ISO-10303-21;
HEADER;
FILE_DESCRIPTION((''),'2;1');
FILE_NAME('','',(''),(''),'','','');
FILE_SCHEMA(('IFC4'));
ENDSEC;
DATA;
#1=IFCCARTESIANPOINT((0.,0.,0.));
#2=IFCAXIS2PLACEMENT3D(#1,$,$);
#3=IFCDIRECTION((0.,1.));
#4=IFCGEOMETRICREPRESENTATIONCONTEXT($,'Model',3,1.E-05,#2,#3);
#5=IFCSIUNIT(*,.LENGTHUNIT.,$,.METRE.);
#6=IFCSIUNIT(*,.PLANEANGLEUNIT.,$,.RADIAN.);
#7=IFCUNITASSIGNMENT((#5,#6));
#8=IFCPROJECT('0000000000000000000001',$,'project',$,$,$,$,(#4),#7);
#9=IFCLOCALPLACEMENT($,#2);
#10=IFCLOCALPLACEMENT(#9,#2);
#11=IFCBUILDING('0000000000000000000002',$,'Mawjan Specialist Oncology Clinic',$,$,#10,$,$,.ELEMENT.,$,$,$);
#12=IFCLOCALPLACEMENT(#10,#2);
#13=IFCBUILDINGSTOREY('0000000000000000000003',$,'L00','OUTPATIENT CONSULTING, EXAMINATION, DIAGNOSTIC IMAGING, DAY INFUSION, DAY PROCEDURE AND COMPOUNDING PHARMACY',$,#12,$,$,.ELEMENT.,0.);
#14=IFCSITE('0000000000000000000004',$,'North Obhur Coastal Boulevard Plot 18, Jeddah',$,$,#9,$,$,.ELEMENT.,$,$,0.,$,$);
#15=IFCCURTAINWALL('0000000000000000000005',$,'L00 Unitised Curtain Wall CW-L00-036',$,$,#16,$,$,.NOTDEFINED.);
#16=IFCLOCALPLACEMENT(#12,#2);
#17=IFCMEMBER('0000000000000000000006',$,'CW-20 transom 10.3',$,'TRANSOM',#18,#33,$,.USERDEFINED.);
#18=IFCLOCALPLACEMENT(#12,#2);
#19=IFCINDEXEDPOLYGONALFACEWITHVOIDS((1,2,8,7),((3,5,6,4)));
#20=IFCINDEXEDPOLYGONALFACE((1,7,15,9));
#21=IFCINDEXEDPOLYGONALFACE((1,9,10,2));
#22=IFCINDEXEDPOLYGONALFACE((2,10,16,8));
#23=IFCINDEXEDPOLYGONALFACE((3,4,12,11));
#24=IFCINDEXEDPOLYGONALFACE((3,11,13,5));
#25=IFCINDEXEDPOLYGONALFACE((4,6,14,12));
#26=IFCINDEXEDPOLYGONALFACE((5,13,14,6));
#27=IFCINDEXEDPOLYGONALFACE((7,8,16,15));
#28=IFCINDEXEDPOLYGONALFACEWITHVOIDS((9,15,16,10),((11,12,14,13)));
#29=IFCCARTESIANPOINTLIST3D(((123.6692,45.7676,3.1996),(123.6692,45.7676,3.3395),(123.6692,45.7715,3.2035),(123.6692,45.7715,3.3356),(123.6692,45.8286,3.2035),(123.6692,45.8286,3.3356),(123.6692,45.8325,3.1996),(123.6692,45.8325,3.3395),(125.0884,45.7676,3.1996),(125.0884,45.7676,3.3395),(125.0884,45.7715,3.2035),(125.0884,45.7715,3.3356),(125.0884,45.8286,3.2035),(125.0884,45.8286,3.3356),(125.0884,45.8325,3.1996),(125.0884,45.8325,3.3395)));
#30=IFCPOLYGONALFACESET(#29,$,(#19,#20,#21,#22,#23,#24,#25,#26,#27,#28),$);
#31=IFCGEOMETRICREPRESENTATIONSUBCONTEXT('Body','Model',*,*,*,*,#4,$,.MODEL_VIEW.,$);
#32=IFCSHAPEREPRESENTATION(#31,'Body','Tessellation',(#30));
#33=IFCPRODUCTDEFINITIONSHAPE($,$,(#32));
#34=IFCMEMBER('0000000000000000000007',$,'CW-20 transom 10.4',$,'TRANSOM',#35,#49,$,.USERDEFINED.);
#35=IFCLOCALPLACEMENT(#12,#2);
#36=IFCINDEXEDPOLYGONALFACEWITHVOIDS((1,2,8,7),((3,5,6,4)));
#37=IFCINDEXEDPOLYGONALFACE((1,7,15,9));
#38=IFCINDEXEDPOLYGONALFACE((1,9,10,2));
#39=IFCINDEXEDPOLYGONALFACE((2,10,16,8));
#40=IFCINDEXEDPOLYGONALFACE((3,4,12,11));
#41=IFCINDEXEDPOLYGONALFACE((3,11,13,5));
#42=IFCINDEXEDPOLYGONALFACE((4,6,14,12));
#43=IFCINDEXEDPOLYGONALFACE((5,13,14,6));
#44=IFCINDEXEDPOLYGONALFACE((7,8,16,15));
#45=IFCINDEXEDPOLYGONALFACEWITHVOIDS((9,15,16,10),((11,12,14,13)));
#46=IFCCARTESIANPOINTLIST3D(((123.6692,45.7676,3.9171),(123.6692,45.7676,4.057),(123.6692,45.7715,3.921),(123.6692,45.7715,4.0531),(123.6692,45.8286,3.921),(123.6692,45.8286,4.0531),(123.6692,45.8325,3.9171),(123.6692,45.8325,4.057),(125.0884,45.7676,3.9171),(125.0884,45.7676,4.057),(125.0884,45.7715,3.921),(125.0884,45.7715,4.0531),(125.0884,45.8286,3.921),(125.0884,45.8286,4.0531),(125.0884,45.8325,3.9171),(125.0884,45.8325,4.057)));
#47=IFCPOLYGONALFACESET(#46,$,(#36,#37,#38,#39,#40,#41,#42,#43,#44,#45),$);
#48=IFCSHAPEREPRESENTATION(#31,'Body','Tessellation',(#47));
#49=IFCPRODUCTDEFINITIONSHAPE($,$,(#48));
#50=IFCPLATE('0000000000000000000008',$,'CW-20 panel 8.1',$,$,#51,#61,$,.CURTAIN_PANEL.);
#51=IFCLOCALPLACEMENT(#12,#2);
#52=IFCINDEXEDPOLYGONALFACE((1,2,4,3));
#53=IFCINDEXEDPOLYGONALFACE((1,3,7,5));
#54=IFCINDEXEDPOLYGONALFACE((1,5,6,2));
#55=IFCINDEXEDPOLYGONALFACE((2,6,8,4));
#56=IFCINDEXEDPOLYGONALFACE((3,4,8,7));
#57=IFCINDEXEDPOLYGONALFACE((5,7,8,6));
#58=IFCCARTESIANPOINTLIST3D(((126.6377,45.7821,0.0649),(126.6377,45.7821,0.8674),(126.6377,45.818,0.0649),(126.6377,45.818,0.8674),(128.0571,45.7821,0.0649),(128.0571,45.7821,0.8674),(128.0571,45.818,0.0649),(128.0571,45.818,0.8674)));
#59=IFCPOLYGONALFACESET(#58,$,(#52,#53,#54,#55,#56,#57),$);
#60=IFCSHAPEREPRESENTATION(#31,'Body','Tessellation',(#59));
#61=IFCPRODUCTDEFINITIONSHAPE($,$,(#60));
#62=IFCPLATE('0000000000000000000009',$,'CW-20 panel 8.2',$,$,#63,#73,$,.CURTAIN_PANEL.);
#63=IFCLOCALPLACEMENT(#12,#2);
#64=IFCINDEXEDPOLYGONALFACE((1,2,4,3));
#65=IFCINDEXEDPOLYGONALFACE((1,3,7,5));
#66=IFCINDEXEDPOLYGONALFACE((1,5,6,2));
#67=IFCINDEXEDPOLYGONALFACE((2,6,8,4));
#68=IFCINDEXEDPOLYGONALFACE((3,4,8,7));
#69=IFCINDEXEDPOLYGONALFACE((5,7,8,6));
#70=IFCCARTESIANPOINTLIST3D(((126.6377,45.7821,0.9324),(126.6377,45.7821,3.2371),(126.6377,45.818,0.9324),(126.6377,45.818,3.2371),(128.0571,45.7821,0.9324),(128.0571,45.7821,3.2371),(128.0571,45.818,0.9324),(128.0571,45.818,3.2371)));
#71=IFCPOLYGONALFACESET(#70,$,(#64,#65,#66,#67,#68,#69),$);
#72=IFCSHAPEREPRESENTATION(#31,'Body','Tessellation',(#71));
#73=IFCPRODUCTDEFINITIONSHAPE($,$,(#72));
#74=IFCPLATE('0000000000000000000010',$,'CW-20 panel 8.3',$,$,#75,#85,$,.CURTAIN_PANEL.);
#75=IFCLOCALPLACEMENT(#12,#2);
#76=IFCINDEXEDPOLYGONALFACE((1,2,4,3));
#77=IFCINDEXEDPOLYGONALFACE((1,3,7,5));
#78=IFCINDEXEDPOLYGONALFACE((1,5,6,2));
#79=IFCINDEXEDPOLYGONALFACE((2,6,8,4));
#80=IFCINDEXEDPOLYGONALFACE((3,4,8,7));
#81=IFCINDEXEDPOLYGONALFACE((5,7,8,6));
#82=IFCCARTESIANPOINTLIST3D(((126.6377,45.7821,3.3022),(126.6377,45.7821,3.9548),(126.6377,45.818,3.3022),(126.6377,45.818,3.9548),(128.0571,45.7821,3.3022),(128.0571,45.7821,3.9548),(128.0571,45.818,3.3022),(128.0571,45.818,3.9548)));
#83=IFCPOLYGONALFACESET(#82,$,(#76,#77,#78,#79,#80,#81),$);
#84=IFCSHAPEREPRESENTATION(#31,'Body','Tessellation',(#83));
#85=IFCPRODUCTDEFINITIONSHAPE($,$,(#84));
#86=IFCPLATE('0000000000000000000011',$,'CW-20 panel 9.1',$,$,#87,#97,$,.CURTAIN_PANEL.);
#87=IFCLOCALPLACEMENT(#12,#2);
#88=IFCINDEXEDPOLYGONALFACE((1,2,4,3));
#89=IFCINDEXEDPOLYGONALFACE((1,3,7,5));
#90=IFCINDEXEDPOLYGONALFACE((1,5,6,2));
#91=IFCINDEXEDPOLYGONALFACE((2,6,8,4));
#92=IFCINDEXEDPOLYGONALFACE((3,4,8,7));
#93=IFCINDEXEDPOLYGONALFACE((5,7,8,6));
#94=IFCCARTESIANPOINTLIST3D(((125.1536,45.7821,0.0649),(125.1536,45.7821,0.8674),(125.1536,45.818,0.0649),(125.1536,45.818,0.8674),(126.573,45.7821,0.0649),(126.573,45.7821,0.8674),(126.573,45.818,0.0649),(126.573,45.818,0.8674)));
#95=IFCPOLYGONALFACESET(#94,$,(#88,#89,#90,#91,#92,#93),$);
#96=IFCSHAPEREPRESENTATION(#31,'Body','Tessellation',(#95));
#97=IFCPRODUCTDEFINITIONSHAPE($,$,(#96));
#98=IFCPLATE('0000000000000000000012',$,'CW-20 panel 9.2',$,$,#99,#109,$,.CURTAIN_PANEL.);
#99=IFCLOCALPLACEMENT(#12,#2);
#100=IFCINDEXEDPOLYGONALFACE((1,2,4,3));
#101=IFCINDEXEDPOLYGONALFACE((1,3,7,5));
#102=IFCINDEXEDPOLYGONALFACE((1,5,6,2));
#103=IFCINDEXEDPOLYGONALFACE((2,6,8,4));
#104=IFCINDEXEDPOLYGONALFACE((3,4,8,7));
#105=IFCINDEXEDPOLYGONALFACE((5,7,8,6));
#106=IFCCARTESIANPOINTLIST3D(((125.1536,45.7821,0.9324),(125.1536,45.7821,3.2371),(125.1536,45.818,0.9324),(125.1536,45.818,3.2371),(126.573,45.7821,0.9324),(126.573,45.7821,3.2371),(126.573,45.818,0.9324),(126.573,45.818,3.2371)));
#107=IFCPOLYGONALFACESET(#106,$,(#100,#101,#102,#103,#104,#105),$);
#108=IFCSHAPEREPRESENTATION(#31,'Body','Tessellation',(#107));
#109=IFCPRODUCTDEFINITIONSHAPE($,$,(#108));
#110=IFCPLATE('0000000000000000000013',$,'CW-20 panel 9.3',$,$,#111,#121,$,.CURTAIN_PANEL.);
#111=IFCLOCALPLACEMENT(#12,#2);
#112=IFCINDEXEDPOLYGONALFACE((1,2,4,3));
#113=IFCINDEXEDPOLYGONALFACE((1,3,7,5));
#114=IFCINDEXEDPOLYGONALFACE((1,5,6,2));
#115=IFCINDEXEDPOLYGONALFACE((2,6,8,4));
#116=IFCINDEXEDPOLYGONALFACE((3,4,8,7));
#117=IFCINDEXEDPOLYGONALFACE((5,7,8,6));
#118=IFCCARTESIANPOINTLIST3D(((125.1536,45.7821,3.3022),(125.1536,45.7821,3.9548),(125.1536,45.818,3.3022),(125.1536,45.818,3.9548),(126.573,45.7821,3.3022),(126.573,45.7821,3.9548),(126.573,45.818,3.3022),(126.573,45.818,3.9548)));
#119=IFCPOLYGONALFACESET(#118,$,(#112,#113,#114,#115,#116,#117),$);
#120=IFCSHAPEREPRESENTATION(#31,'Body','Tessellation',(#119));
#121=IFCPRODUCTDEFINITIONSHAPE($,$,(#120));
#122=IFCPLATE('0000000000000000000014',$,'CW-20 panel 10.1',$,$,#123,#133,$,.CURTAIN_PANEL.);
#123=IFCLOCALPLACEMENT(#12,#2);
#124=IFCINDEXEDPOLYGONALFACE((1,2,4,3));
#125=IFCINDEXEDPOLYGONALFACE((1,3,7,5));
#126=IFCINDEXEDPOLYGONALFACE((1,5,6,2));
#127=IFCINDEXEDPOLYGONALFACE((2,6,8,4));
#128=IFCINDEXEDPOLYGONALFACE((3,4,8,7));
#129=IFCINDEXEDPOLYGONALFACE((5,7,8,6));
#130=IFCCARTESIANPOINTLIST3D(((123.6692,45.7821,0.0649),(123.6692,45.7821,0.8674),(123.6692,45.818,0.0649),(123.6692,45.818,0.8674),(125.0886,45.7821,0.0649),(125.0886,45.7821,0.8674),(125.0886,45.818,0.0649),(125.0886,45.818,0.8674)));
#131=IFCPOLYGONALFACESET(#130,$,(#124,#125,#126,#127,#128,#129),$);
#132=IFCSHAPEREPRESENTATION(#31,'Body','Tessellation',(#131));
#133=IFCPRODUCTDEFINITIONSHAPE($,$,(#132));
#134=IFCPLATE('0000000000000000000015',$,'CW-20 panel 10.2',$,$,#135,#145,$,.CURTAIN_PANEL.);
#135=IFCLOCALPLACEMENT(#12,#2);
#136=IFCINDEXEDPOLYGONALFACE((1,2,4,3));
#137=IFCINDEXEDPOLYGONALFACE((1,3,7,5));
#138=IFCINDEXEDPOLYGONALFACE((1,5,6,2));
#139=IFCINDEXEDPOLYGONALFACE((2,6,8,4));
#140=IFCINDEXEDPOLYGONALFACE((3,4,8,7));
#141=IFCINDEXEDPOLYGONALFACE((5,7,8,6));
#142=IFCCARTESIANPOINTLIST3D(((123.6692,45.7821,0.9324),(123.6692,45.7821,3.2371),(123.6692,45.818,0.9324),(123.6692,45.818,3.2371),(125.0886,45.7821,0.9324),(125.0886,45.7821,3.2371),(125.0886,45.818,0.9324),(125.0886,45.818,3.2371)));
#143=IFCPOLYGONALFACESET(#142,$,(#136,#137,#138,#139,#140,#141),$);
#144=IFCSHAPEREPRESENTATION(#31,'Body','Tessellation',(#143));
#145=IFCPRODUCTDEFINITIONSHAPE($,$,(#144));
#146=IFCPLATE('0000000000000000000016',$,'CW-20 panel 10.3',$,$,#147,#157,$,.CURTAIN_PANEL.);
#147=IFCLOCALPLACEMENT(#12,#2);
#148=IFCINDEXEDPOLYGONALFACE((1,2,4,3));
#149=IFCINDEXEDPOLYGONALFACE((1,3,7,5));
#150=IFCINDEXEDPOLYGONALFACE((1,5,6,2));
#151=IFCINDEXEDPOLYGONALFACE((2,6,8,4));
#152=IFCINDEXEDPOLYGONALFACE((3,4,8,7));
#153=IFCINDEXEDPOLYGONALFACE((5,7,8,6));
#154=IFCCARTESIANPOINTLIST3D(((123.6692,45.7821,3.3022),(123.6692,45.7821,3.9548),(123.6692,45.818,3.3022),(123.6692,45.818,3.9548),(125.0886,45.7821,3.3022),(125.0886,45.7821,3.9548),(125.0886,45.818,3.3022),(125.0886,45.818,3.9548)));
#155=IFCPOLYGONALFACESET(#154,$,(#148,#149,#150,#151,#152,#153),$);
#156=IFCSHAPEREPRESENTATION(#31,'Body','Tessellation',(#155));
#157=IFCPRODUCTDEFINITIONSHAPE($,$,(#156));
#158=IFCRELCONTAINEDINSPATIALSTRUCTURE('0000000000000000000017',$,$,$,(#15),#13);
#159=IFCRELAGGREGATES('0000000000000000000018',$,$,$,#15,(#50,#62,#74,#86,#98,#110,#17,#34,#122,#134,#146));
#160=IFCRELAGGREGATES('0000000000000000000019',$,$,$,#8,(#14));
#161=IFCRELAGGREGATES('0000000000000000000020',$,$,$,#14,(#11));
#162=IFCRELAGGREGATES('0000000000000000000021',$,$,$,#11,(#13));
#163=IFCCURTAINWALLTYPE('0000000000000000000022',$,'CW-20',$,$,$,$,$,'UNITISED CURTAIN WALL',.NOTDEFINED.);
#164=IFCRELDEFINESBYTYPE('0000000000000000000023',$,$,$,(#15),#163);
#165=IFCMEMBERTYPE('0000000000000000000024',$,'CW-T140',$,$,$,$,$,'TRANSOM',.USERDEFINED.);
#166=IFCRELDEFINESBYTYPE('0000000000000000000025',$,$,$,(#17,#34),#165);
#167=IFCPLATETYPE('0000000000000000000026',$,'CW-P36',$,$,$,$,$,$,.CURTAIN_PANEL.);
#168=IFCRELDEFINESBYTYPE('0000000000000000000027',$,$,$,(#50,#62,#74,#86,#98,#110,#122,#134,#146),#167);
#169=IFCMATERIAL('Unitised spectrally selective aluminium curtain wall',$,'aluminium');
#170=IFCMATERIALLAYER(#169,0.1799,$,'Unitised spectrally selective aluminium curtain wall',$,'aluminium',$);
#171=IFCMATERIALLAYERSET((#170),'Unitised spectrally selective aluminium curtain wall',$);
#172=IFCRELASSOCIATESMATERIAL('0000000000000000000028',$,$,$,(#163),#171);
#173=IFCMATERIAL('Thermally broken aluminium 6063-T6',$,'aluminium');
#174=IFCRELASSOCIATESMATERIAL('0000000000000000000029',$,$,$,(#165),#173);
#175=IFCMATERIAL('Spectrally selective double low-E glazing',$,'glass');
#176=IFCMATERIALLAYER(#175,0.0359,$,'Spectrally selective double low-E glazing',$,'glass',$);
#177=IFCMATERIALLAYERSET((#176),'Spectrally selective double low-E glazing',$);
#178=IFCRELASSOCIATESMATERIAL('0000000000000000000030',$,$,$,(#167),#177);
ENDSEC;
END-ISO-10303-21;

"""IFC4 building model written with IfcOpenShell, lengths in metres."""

from ifc_helpers import new_model, si_unit, direction, frame, origin, origin_2d, place, context, subcontext, project, spatial, rectangle, hollow_rectangle, extrude, material, layer, layer_set, material_profile, profile_set, type_object, element, aggregate, save


model = new_model("IFC4")

# Units and contexts
model_context = context("Model", 3, precision=1e-05, world=origin(), true_north=direction((0.0, 1.0)))
body_context = subcontext(model_context, "Body", "Model", "MODEL_VIEW")
ifc_project = project(units=[si_unit("LENGTHUNIT", "METRE"), si_unit("PLANEANGLEUNIT", "RADIAN")], contexts=[model_context])

# Site, building, storey
site_placement = place(None, origin())
site = spatial("IfcSite", under=ifc_project, at=site_placement, Name="North Obhur Coastal Boulevard Plot 18, Jeddah", CompositionType="ELEMENT", RefElevation=0.0)
building_placement = place(site_placement, origin())
building = spatial("IfcBuilding", under=site, at=building_placement, Name="Mawjan Specialist Oncology Clinic", CompositionType="ELEMENT")
storey_placement = place(building_placement, origin())
storey = spatial("IfcBuildingStorey", under=building, at=storey_placement, Name="L00", Description="OUTPATIENT CONSULTING, EXAMINATION, DIAGNOSTIC IMAGING, DAY INFUSION, DAY PROCEDURE AND COMPOUNDING PHARMACY", CompositionType="ELEMENT", Elevation=0.0)

# Curtain wall, members, plates
ifc_material_1 = material(Name="Unitised spectrally selective aluminium curtain wall", Category="aluminium")
ifc_layer_1 = layer(ifc_material_1, 0.1799, Name="Unitised spectrally selective aluminium curtain wall", Category="aluminium")
ifc_layer_set_1 = layer_set([ifc_layer_1], Name="Unitised spectrally selective aluminium curtain wall")
curtain_wall_type = type_object("IfcCurtainWallType", Name="CW-20", ElementType="UNITISED CURTAIN WALL", PredefinedType="NOTDEFINED", material=ifc_layer_set_1)
curtain_wall_placement = place(storey_placement, origin())
curtain_wall = element("IfcCurtainWall", 1, at=curtain_wall_placement, inside=storey, type_object=curtain_wall_type, Name="L00 Unitised Curtain Wall CW-L00-036", PredefinedType="NOTDEFINED")
ifc_material_2 = material(Name="Thermally broken aluminium 6063-T6", Category="aluminium")
ifc_material_profile_1 = material_profile(ifc_material_2, hollow_rectangle(XDim=0.0649, YDim=0.1399, WallThickness=0.0039, at=origin_2d()), Name="ALU TRANSOM 140x65x4", Category="aluminium")
ifc_profile_set_1 = profile_set([ifc_material_profile_1], Name="Thermally broken aluminium 6063-T6")
member_type_1 = type_object("IfcMemberType", Name="CW-T140", ElementType="TRANSOM", PredefinedType="USERDEFINED", material=ifc_profile_set_1)
member_1_placement = place(storey_placement, frame((125.0884, 45.8, 3.2695), z_axis=(-1.0, 0.0, 0.0), x_axis=(0.0, -1.0, 0.0)))
member_1 = element("IfcMember", 2, at=member_1_placement, type_object=member_type_1, Name="CW-20 transom 10.3", ObjectType="TRANSOM", PredefinedType="USERDEFINED", context=body_context, shape_type="SweptSolid", body=[
    extrude(hollow_rectangle(XDim=0.0649, YDim=0.1399, WallThickness=0.0039, at=origin_2d()), origin(), (0.0, 0.0, 1.0), 1.4192),
])
member_2_placement = place(storey_placement, frame((125.0884, 45.8, 3.9871), z_axis=(-1.0, 0.0, 0.0), x_axis=(0.0, -1.0, 0.0)))
member_2 = element("IfcMember", 3, at=member_2_placement, type_object=member_type_1, Name="CW-20 transom 10.4", ObjectType="TRANSOM", PredefinedType="USERDEFINED", context=body_context, shape_type="SweptSolid", body=[
    extrude(hollow_rectangle(XDim=0.0649, YDim=0.1399, WallThickness=0.0039, at=origin_2d()), origin(), (0.0, 0.0, 1.0), 1.4192),
])
ifc_material_3 = material(Name="Spectrally selective double low-E glazing", Category="glass")
ifc_layer_2 = layer(ifc_material_3, 0.0359, Name="Spectrally selective double low-E glazing", Category="glass")
ifc_layer_set_2 = layer_set([ifc_layer_2], Name="Spectrally selective double low-E glazing")
plate_type = type_object("IfcPlateType", Name="CW-P36", PredefinedType="CURTAIN_PANEL", material=ifc_layer_set_2)
plate_1_placement = place(storey_placement, frame((127.3474, 45.8, 0.0649), z_axis=(0.0, 0.0, 1.0), x_axis=(-1.0, 0.0, 0.0)))
plate_1 = element("IfcPlate", 4, at=plate_1_placement, type_object=plate_type, Name="CW-20 panel 8.1", PredefinedType="CURTAIN_PANEL", context=body_context, shape_type="SweptSolid", body=[
    extrude(rectangle(XDim=1.4194, YDim=0.0359, at=origin_2d()), origin(), (0.0, 0.0, 1.0), 0.8025),
])
plate_2_placement = place(storey_placement, frame((127.3474, 45.8, 0.9324), z_axis=(0.0, 0.0, 1.0), x_axis=(-1.0, 0.0, 0.0)))
plate_2 = element("IfcPlate", 5, at=plate_2_placement, type_object=plate_type, Name="CW-20 panel 8.2", PredefinedType="CURTAIN_PANEL", context=body_context, shape_type="SweptSolid", body=[
    extrude(rectangle(XDim=1.4194, YDim=0.0359, at=origin_2d()), origin(), (0.0, 0.0, 1.0), 2.3047),
])
plate_3_placement = place(storey_placement, frame((127.3474, 45.8, 3.3022), z_axis=(0.0, 0.0, 1.0), x_axis=(-1.0, 0.0, 0.0)))
plate_3 = element("IfcPlate", 6, at=plate_3_placement, type_object=plate_type, Name="CW-20 panel 8.3", PredefinedType="CURTAIN_PANEL", context=body_context, shape_type="SweptSolid", body=[
    extrude(rectangle(XDim=1.4194, YDim=0.0359, at=origin_2d()), origin(), (0.0, 0.0, 1.0), 0.6526),
])
plate_4_placement = place(storey_placement, frame((125.8633, 45.8, 0.0649), z_axis=(0.0, 0.0, 1.0), x_axis=(-1.0, 0.0, 0.0)))
plate_4 = element("IfcPlate", 7, at=plate_4_placement, type_object=plate_type, Name="CW-20 panel 9.1", PredefinedType="CURTAIN_PANEL", context=body_context, shape_type="SweptSolid", body=[
    extrude(rectangle(XDim=1.4194, YDim=0.0359, at=origin_2d()), origin(), (0.0, 0.0, 1.0), 0.8025),
])
plate_5_placement = place(storey_placement, frame((125.8633, 45.8, 0.9324), z_axis=(0.0, 0.0, 1.0), x_axis=(-1.0, 0.0, 0.0)))
plate_5 = element("IfcPlate", 8, at=plate_5_placement, type_object=plate_type, Name="CW-20 panel 9.2", PredefinedType="CURTAIN_PANEL", context=body_context, shape_type="SweptSolid", body=[
    extrude(rectangle(XDim=1.4194, YDim=0.0359, at=origin_2d()), origin(), (0.0, 0.0, 1.0), 2.3047),
])
plate_6_placement = place(storey_placement, frame((125.8633, 45.8, 3.3022), z_axis=(0.0, 0.0, 1.0), x_axis=(-1.0, 0.0, 0.0)))
plate_6 = element("IfcPlate", 9, at=plate_6_placement, type_object=plate_type, Name="CW-20 panel 9.3", PredefinedType="CURTAIN_PANEL", context=body_context, shape_type="SweptSolid", body=[
    extrude(rectangle(XDim=1.4194, YDim=0.0359, at=origin_2d()), origin(), (0.0, 0.0, 1.0), 0.6526),
])
plate_7_placement = place(storey_placement, frame((124.3789, 45.8, 0.0649), z_axis=(0.0, 0.0, 1.0), x_axis=(-1.0, 0.0, 0.0)))
plate_7 = element("IfcPlate", 10, at=plate_7_placement, type_object=plate_type, Name="CW-20 panel 10.1", PredefinedType="CURTAIN_PANEL", context=body_context, shape_type="SweptSolid", body=[
    extrude(rectangle(XDim=1.4194, YDim=0.0359, at=origin_2d()), origin(), (0.0, 0.0, 1.0), 0.8025),
])
plate_8_placement = place(storey_placement, frame((124.3789, 45.8, 0.9324), z_axis=(0.0, 0.0, 1.0), x_axis=(-1.0, 0.0, 0.0)))
plate_8 = element("IfcPlate", 11, at=plate_8_placement, type_object=plate_type, Name="CW-20 panel 10.2", PredefinedType="CURTAIN_PANEL", context=body_context, shape_type="SweptSolid", body=[
    extrude(rectangle(XDim=1.4194, YDim=0.0359, at=origin_2d()), origin(), (0.0, 0.0, 1.0), 2.3047),
])
plate_9_placement = place(storey_placement, frame((124.3789, 45.8, 3.3022), z_axis=(0.0, 0.0, 1.0), x_axis=(-1.0, 0.0, 0.0)))
plate_9 = element("IfcPlate", 12, at=plate_9_placement, type_object=plate_type, Name="CW-20 panel 10.3", PredefinedType="CURTAIN_PANEL", context=body_context, shape_type="SweptSolid", body=[
    extrude(rectangle(XDim=1.4194, YDim=0.0359, at=origin_2d()), origin(), (0.0, 0.0, 1.0), 0.6526),
])
aggregate(curtain_wall, [plate_1, plate_2, plate_3, plate_4, plate_5, plate_6, member_1, member_2, plate_7, plate_8, plate_9])

save(model, "model.ifc")
